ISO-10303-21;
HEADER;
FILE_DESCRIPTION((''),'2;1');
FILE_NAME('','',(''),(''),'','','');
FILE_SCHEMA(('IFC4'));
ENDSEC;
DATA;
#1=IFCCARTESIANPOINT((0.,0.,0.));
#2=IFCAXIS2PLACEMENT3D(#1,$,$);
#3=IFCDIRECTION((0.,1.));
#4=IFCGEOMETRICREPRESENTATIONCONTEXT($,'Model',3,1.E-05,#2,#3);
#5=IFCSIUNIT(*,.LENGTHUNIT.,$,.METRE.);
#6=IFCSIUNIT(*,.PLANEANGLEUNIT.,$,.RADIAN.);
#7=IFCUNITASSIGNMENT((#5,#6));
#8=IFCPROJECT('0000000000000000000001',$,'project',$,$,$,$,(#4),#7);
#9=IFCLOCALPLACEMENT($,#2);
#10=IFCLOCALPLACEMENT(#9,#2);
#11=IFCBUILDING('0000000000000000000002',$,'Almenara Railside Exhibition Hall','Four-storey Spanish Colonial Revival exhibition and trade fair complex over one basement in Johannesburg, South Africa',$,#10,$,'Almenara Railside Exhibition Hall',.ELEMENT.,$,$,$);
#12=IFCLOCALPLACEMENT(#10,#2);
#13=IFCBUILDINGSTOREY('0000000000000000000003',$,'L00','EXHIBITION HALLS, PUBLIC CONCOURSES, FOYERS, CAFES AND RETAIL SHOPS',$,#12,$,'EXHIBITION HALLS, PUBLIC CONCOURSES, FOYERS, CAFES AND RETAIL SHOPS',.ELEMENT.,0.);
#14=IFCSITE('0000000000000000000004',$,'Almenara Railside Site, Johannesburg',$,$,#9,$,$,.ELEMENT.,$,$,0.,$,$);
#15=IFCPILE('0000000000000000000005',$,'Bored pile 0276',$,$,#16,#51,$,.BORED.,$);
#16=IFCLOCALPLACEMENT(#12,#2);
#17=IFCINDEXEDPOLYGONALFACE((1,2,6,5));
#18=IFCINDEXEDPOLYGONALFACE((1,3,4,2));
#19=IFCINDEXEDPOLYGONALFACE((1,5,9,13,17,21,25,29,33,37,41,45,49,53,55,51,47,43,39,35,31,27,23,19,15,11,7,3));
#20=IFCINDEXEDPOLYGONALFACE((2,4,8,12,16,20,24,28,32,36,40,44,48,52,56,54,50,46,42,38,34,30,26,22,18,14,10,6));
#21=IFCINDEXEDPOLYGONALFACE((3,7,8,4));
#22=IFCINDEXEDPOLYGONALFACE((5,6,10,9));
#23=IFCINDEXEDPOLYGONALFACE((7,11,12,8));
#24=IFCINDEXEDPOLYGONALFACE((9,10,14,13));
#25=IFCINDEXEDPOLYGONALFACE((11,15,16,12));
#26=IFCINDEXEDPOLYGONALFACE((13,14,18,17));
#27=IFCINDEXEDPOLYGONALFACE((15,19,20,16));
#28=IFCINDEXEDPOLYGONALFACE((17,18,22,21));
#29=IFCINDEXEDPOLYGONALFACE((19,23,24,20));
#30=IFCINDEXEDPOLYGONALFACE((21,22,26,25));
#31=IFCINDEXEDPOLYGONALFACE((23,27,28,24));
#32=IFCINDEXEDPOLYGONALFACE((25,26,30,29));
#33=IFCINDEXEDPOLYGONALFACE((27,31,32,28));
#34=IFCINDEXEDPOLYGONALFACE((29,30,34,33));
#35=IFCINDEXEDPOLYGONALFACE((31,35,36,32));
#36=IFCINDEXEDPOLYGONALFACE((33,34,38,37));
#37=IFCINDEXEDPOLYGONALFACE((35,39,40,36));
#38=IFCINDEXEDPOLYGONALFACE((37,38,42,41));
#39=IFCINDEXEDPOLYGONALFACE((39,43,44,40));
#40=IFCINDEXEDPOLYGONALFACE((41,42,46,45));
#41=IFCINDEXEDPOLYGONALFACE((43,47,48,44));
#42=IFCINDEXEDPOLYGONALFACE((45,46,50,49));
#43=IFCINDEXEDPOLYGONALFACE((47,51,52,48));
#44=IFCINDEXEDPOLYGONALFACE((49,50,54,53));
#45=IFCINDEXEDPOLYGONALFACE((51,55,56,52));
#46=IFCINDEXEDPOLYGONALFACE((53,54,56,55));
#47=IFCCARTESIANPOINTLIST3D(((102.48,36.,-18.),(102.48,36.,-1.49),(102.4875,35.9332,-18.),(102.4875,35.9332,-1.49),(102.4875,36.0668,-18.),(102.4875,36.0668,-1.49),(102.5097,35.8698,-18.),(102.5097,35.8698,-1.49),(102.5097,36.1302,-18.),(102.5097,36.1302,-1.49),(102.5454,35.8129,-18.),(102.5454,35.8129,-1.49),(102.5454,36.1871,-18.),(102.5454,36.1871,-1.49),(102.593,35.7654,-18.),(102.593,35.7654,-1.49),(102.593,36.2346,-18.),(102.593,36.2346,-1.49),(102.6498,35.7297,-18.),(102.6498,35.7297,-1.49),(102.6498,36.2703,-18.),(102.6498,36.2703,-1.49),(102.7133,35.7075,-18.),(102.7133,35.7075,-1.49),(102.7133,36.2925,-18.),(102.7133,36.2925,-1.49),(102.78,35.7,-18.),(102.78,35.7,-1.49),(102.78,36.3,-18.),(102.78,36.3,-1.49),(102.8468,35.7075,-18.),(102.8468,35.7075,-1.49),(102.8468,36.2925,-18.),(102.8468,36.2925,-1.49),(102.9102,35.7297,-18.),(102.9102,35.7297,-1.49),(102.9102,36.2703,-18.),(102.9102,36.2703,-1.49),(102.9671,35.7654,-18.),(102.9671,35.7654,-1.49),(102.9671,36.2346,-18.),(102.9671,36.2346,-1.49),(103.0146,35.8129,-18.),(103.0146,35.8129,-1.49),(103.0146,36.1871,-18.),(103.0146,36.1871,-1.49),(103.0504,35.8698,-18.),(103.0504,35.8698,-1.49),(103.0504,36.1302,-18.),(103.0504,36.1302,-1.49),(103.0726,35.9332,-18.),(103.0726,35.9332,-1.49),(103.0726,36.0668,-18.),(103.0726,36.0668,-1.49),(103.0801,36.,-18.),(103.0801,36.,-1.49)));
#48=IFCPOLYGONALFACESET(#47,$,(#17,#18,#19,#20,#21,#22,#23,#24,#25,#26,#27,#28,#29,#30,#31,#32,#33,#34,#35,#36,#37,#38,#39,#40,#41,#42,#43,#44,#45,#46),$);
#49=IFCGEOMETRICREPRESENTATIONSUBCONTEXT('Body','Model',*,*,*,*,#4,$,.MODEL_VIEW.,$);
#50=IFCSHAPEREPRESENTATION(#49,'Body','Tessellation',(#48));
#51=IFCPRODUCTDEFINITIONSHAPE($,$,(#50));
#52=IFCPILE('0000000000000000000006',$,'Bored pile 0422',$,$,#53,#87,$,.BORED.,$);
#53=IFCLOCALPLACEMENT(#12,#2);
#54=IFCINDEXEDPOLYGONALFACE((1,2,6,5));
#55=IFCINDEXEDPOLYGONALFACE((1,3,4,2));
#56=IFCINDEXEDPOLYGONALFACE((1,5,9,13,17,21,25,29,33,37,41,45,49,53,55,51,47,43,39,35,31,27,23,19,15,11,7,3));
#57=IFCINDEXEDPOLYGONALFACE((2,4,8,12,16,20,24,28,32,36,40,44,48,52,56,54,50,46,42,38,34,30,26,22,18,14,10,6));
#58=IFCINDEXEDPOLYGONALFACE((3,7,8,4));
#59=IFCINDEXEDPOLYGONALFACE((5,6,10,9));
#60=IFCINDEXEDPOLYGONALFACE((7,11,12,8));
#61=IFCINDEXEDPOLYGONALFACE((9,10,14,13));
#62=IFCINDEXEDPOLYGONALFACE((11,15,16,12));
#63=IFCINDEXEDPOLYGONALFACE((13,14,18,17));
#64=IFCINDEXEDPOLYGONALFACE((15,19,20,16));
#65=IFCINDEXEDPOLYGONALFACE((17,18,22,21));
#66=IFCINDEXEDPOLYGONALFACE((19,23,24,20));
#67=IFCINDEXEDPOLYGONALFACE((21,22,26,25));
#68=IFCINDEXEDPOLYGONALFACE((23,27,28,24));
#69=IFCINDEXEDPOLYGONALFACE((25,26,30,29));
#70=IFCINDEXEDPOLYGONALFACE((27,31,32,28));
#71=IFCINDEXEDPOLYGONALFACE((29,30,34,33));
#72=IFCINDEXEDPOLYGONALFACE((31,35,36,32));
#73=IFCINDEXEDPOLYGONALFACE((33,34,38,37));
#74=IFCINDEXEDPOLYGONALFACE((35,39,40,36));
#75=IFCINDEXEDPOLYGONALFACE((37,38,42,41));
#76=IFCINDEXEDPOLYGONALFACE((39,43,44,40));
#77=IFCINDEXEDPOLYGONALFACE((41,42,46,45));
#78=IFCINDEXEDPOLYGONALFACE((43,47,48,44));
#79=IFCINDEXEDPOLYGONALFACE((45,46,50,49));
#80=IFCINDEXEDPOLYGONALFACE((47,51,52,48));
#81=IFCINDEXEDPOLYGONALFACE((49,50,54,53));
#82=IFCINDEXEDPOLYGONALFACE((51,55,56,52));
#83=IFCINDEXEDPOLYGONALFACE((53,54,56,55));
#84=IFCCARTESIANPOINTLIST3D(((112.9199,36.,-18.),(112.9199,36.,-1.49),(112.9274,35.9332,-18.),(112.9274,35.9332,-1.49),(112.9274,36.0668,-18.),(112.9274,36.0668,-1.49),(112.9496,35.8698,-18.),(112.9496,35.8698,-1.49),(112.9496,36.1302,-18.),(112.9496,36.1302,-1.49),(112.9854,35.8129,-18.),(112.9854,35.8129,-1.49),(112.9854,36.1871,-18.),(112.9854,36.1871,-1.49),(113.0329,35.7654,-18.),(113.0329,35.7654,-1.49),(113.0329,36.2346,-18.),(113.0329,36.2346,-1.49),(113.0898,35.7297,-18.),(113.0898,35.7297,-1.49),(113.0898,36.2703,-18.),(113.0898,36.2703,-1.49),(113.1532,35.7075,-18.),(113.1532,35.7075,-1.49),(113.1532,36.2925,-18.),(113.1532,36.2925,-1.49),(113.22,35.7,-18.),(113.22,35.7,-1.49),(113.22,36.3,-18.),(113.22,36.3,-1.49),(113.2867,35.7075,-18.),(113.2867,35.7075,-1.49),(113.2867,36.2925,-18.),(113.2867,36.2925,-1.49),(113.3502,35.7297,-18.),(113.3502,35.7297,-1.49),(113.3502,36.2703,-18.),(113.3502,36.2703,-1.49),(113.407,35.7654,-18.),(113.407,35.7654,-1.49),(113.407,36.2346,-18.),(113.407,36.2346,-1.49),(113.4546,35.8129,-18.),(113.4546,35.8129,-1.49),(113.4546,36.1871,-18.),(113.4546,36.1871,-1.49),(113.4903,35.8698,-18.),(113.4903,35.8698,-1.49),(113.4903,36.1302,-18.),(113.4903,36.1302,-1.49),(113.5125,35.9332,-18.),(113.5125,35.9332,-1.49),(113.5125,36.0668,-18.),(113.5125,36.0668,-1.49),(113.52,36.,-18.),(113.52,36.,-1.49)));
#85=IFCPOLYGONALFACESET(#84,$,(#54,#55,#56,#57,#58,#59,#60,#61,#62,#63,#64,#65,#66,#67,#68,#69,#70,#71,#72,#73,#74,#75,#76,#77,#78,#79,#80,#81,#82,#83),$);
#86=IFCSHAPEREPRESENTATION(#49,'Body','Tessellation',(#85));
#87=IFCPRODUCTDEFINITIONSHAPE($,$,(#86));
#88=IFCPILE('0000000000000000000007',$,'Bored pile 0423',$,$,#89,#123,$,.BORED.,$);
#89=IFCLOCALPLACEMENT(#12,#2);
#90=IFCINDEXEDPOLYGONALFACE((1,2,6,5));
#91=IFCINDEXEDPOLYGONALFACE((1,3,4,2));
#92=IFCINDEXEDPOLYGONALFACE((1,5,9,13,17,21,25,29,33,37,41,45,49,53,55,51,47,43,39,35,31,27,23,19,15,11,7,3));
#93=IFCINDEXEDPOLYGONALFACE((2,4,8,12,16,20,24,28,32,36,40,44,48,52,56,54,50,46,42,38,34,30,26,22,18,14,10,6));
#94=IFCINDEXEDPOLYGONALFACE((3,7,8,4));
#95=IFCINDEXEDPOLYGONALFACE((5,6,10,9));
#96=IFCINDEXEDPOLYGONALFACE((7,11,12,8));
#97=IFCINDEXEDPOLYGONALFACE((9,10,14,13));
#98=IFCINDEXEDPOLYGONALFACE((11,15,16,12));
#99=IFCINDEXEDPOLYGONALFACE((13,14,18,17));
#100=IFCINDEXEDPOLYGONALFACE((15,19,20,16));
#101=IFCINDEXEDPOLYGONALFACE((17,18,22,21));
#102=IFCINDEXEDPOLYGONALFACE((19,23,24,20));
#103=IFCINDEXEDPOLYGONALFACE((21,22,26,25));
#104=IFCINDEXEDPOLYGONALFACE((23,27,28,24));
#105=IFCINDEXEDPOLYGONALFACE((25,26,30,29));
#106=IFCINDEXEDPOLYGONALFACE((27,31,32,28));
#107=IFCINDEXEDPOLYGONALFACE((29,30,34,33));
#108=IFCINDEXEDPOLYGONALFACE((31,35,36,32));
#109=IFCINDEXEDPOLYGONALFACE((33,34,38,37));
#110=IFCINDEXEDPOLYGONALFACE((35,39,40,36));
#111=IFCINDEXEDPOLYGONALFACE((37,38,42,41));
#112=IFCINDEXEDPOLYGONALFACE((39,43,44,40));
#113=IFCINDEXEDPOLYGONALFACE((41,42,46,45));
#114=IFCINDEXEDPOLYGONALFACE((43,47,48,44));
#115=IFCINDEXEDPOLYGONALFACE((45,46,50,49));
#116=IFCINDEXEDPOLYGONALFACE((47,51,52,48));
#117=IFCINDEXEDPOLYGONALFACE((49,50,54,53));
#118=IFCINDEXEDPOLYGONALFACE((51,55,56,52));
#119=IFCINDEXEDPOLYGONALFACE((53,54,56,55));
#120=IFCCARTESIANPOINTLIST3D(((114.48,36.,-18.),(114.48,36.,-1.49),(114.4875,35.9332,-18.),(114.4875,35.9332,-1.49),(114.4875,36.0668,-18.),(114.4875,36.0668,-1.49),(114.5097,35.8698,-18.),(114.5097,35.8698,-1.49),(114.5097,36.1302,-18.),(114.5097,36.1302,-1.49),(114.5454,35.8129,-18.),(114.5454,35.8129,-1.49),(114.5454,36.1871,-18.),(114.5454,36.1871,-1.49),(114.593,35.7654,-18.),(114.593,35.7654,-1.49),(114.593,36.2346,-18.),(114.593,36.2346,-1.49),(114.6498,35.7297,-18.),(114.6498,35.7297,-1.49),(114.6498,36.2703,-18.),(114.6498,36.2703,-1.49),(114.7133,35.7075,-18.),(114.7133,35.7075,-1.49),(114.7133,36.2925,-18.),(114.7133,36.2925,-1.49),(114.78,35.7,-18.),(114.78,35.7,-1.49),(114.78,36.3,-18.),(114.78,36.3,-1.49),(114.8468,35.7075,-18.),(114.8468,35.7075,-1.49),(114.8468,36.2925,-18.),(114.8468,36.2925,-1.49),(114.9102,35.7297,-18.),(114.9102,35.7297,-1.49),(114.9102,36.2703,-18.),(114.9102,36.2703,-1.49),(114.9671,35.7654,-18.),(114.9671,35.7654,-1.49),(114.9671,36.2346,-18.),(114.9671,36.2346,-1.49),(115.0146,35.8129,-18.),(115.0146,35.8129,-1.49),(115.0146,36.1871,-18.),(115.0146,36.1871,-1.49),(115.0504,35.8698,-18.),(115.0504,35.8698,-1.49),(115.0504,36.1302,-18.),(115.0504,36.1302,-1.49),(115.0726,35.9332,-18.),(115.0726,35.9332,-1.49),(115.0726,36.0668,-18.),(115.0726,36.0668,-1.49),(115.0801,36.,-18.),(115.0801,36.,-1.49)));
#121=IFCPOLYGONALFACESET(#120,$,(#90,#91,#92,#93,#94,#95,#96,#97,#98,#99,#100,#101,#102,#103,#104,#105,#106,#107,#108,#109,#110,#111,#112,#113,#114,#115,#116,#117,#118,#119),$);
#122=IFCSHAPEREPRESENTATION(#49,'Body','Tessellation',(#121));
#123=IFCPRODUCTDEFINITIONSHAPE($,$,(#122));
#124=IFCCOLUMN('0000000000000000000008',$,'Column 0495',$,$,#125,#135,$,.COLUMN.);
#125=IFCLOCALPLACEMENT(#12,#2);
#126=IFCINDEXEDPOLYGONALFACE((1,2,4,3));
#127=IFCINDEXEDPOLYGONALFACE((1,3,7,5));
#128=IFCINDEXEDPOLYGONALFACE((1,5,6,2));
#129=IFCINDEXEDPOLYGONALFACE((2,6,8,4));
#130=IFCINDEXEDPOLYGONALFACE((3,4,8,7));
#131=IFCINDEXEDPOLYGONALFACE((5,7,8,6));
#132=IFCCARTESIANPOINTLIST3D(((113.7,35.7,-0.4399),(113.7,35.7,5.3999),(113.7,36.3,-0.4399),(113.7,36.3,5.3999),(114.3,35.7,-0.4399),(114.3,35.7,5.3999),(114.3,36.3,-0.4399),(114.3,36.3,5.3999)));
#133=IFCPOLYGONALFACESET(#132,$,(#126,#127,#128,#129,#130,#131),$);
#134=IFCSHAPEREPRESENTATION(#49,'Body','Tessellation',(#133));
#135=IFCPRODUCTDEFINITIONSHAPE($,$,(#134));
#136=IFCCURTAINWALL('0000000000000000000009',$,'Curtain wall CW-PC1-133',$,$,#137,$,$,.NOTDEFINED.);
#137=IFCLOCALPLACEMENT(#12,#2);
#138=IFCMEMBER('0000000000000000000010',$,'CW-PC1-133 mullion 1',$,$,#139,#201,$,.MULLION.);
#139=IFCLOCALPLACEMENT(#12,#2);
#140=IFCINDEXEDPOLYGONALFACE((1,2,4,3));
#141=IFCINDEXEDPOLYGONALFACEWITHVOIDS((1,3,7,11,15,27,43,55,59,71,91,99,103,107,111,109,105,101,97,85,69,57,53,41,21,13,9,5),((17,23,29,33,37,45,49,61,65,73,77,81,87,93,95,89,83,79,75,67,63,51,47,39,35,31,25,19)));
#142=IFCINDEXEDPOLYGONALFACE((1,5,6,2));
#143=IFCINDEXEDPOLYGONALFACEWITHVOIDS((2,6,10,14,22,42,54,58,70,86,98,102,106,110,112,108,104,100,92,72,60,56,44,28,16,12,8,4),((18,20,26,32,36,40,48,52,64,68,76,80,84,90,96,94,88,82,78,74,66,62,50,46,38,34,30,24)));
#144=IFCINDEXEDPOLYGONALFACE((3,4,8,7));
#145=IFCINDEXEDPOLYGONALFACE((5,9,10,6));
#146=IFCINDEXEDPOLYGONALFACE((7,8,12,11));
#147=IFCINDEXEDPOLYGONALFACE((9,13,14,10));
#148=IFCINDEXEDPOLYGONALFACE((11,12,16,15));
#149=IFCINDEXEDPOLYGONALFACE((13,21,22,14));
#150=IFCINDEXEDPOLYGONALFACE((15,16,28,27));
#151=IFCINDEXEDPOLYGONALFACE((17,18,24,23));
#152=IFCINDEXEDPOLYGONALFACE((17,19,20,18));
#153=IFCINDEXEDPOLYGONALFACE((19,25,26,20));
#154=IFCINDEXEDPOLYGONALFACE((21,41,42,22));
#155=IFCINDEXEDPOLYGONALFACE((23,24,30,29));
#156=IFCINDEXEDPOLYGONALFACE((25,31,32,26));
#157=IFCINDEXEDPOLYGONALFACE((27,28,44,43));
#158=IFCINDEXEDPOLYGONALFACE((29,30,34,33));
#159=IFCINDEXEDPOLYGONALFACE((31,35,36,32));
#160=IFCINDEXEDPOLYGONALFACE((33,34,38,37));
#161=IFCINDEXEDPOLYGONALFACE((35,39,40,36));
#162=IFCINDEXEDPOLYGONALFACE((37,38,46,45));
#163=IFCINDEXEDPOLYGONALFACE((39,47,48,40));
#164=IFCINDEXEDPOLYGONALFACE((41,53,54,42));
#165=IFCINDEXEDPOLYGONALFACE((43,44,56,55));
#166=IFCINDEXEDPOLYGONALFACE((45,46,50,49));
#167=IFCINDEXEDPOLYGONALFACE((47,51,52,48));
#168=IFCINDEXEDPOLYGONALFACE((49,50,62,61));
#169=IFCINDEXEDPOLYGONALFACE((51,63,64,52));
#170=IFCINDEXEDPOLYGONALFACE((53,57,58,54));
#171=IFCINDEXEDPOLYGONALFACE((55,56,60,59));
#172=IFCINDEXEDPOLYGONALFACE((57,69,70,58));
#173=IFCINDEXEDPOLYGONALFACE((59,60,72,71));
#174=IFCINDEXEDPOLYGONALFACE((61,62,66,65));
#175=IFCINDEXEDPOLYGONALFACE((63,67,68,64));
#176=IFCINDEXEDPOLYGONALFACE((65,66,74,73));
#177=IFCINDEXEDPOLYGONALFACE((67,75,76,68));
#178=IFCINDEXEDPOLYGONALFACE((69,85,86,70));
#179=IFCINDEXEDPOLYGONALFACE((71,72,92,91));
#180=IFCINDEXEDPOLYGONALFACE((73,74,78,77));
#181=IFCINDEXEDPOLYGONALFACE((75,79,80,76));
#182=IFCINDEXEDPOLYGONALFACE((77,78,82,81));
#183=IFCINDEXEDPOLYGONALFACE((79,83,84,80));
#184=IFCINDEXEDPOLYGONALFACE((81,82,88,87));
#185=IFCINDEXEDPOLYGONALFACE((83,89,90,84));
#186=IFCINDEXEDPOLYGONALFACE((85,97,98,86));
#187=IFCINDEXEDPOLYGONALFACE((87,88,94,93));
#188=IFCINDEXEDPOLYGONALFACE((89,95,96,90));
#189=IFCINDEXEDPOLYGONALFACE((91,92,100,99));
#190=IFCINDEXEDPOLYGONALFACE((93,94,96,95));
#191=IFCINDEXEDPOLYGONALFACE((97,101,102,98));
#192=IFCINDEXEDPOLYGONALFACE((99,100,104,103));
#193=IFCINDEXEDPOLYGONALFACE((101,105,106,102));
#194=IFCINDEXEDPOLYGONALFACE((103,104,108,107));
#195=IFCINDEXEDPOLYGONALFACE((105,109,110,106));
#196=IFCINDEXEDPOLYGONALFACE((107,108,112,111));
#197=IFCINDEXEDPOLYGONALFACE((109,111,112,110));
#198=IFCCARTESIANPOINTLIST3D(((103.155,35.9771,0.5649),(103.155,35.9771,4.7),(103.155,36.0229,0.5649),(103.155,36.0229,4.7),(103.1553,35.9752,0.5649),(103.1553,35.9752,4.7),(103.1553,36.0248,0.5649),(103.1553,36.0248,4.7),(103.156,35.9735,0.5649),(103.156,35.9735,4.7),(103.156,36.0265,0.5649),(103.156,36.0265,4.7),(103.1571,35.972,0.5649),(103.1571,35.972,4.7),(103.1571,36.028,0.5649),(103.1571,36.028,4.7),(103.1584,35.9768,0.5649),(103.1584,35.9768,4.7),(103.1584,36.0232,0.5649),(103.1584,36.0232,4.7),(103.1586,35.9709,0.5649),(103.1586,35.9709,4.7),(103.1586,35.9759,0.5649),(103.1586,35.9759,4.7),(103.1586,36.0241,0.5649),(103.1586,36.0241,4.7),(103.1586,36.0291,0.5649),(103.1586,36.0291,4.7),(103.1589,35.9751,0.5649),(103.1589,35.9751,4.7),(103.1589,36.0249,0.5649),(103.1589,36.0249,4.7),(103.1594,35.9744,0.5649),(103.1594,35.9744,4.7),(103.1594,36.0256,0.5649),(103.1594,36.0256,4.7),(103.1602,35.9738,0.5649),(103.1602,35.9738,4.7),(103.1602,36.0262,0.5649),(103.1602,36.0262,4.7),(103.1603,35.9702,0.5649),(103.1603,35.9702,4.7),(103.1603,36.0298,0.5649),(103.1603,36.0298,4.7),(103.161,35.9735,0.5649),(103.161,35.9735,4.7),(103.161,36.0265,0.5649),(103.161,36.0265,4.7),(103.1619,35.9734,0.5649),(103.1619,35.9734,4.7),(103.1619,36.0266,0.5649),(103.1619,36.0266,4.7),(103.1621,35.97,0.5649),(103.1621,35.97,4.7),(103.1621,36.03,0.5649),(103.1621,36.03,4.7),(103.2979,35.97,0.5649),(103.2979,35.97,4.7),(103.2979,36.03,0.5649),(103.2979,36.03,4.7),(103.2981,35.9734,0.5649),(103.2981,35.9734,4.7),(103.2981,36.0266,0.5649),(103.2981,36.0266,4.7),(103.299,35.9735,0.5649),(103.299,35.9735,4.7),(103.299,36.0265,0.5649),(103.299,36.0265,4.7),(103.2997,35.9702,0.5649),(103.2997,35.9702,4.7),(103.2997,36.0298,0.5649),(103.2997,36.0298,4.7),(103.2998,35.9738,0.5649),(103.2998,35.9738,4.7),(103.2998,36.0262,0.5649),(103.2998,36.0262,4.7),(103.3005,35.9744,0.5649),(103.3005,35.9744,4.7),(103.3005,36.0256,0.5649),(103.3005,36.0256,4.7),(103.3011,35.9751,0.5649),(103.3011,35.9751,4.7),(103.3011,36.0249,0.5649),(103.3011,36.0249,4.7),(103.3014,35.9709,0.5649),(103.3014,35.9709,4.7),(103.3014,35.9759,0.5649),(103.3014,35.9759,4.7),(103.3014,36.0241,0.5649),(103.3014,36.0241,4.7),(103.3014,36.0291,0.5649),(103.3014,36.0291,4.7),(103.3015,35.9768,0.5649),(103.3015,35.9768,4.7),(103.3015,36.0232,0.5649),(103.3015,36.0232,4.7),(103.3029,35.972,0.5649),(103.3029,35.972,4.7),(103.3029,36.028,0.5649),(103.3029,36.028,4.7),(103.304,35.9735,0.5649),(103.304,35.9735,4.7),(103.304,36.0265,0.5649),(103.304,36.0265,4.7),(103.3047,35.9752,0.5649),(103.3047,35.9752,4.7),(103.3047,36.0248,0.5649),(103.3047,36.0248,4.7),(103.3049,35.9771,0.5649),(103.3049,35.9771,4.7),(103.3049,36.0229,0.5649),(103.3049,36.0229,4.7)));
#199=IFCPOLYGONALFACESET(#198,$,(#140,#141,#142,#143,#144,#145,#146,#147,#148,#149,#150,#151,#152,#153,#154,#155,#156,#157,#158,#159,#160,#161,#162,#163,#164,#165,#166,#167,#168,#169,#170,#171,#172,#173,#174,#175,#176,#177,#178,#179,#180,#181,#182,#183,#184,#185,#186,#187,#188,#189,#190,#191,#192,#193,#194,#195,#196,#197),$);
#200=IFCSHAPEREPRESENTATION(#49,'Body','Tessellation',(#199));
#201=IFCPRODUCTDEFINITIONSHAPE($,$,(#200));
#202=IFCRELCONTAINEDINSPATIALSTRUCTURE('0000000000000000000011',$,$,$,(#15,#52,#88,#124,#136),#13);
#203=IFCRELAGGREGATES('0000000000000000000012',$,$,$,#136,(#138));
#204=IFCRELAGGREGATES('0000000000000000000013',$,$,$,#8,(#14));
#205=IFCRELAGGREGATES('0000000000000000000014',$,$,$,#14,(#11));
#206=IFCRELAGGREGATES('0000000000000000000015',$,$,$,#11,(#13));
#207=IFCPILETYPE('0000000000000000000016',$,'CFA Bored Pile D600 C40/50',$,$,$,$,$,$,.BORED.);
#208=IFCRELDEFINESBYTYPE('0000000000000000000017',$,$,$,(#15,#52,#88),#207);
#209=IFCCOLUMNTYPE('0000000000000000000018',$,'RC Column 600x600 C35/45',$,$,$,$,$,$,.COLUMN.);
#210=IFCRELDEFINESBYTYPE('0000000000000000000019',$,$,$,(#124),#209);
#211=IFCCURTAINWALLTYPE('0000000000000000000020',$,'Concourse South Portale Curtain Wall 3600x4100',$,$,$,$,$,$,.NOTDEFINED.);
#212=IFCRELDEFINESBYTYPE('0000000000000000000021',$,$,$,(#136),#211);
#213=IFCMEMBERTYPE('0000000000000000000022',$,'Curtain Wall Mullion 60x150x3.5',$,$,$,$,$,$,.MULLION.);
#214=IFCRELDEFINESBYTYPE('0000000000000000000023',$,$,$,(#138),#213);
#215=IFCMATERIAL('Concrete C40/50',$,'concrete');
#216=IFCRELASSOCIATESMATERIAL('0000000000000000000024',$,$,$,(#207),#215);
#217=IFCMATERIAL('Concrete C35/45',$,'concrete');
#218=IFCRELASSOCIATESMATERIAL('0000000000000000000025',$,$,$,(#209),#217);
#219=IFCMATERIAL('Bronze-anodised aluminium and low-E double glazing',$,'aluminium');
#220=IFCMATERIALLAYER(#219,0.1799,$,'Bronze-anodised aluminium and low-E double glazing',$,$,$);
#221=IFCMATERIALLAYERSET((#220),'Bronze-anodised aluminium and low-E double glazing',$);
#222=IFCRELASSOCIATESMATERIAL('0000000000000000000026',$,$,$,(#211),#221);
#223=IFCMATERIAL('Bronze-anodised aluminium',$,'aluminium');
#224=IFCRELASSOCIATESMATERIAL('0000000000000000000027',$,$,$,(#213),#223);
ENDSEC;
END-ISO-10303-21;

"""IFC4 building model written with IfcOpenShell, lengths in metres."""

from ifc_helpers import new_model, si_unit, direction, frame, origin, origin_2d, place, context, subcontext, project, spatial, rectangle, hollow_rectangle, circle, extrude, material, layer, layer_set, material_profile, profile_set, type_object, element, aggregate, save


model = new_model("IFC4")

# Units and contexts
model_context = context("Model", 3, precision=1e-05, world=origin(), true_north=direction((0.0, 1.0)))
body_context = subcontext(model_context, "Body", "Model", "MODEL_VIEW")
ifc_project = project(units=[si_unit("LENGTHUNIT", "METRE"), si_unit("PLANEANGLEUNIT", "RADIAN")], contexts=[model_context])

# Site, building, storey
site_placement = place(None, origin())
site = spatial("IfcSite", under=ifc_project, at=site_placement, Name="Almenara Railside Site, Johannesburg", CompositionType="ELEMENT", RefElevation=0.0)
building_placement = place(site_placement, origin())
building = spatial("IfcBuilding", under=site, at=building_placement, Name="Almenara Railside Exhibition Hall", Description="Four-storey Spanish Colonial Revival exhibition and trade fair complex over one basement in Johannesburg, South Africa", LongName="Almenara Railside Exhibition Hall", CompositionType="ELEMENT")
storey_placement = place(building_placement, origin())
storey = spatial("IfcBuildingStorey", under=building, at=storey_placement, Name="L00", Description="EXHIBITION HALLS, PUBLIC CONCOURSES, FOYERS, CAFES AND RETAIL SHOPS", LongName="EXHIBITION HALLS, PUBLIC CONCOURSES, FOYERS, CAFES AND RETAIL SHOPS", CompositionType="ELEMENT", Elevation=0.0)

# Piles
ifc_material_1 = material(Name="Concrete C40/50", Category="concrete")
ifc_material_profile_1 = material_profile(ifc_material_1, circle(Radius=0.3, at=origin_2d()), Name="CFA-PILE D600")
ifc_profile_set_1 = profile_set([ifc_material_profile_1], Name="Concrete C40/50")
pile_type = type_object("IfcPileType", Name="CFA Bored Pile D600 C40/50", PredefinedType="BORED", material=ifc_profile_set_1)
for number, where, z_axis, x_axis, name in (
    (1, (102.78, 36.0, -1.49), (0.0, 0.0, -1.0), (1.0, 0.0, 0.0), "Bored pile 0276"),
    (2, (113.22, 36.0, -1.49), (0.0, 0.0, -1.0), (1.0, 0.0, 0.0), "Bored pile 0422"),
    (3, (114.78, 36.0, -1.49), (0.0, 0.0, -1.0), (1.0, 0.0, 0.0), "Bored pile 0423"),
):
    element("IfcPile", number, at=place(storey_placement, frame(where, z_axis=z_axis, x_axis=x_axis)), inside=storey, type_object=pile_type, Name=name, PredefinedType="BORED", context=body_context, shape_type="SweptSolid", body=[
        extrude(circle(Radius=0.3, at=origin_2d()), origin(), (0.0, 0.0, 1.0), 16.51),
    ])

# Column
ifc_material_2 = material(Name="Concrete C35/45", Category="concrete")
ifc_material_profile_2 = material_profile(ifc_material_2, rectangle(XDim=0.6001, YDim=0.6001, at=origin_2d()), Name="RC 600x600")
ifc_profile_set_2 = profile_set([ifc_material_profile_2], Name="Concrete C35/45")
column_type = type_object("IfcColumnType", Name="RC Column 600x600 C35/45", PredefinedType="COLUMN", material=ifc_profile_set_2)
column_placement = place(storey_placement, frame((114.0, 36.0, -0.4399), z_axis=(0.0, 0.0, 1.0), x_axis=(1.0, 0.0, 0.0)))
element("IfcColumn", 4, at=column_placement, inside=storey, type_object=column_type, Name="Column 0495", PredefinedType="COLUMN", context=body_context, shape_type="SweptSolid", body=[
    extrude(rectangle(XDim=0.6001, YDim=0.6001, at=origin_2d()), origin(), (0.0, 0.0, 1.0), 5.8398),
])

# Curtain wall, member
ifc_material_3 = material(Name="Bronze-anodised aluminium and low-E double glazing", Category="aluminium")
ifc_layer_1 = layer(ifc_material_3, 0.1799, Name="Bronze-anodised aluminium and low-E double glazing")
ifc_layer_set_1 = layer_set([ifc_layer_1], Name="Bronze-anodised aluminium and low-E double glazing")
curtain_wall_type = type_object("IfcCurtainWallType", Name="Concourse South Portale Curtain Wall 3600x4100", PredefinedType="NOTDEFINED", material=ifc_layer_set_1)
curtain_wall_placement = place(storey_placement, origin())
curtain_wall = element("IfcCurtainWall", 5, at=curtain_wall_placement, inside=storey, type_object=curtain_wall_type, Name="Curtain wall CW-PC1-133", PredefinedType="NOTDEFINED")
ifc_material_4 = material(Name="Bronze-anodised aluminium", Category="aluminium")
ifc_material_profile_3 = material_profile(ifc_material_4, hollow_rectangle(XDim=0.0601, YDim=0.1499, WallThickness=0.0034, InnerFilletRadius=0.0034, OuterFilletRadius=0.0071, at=origin_2d()), Name="ALU-MUL 60x150x3.5")
ifc_profile_set_3 = profile_set([ifc_material_profile_3], Name="Bronze-anodised aluminium")
member_type_1 = type_object("IfcMemberType", Name="Curtain Wall Mullion 60x150x3.5", PredefinedType="MULLION", material=ifc_profile_set_3)
member_1_placement = place(storey_placement, frame((103.23, 36.0, 0.5649), z_axis=(0.0, 0.0, 1.0), x_axis=(0.0, 1.0, 0.0)))
member_1 = element("IfcMember", 6, at=member_1_placement, type_object=member_type_1, Name="CW-PC1-133 mullion 1", PredefinedType="MULLION", context=body_context, shape_type="SweptSolid", body=[
    extrude(hollow_rectangle(XDim=0.0601, YDim=0.1499, WallThickness=0.0034, InnerFilletRadius=0.0034, OuterFilletRadius=0.0071, at=origin_2d()), origin(), (0.0, 0.0, 1.0), 4.135),
])

aggregate(curtain_wall, [member_1])

save(model, "model.ifc")
